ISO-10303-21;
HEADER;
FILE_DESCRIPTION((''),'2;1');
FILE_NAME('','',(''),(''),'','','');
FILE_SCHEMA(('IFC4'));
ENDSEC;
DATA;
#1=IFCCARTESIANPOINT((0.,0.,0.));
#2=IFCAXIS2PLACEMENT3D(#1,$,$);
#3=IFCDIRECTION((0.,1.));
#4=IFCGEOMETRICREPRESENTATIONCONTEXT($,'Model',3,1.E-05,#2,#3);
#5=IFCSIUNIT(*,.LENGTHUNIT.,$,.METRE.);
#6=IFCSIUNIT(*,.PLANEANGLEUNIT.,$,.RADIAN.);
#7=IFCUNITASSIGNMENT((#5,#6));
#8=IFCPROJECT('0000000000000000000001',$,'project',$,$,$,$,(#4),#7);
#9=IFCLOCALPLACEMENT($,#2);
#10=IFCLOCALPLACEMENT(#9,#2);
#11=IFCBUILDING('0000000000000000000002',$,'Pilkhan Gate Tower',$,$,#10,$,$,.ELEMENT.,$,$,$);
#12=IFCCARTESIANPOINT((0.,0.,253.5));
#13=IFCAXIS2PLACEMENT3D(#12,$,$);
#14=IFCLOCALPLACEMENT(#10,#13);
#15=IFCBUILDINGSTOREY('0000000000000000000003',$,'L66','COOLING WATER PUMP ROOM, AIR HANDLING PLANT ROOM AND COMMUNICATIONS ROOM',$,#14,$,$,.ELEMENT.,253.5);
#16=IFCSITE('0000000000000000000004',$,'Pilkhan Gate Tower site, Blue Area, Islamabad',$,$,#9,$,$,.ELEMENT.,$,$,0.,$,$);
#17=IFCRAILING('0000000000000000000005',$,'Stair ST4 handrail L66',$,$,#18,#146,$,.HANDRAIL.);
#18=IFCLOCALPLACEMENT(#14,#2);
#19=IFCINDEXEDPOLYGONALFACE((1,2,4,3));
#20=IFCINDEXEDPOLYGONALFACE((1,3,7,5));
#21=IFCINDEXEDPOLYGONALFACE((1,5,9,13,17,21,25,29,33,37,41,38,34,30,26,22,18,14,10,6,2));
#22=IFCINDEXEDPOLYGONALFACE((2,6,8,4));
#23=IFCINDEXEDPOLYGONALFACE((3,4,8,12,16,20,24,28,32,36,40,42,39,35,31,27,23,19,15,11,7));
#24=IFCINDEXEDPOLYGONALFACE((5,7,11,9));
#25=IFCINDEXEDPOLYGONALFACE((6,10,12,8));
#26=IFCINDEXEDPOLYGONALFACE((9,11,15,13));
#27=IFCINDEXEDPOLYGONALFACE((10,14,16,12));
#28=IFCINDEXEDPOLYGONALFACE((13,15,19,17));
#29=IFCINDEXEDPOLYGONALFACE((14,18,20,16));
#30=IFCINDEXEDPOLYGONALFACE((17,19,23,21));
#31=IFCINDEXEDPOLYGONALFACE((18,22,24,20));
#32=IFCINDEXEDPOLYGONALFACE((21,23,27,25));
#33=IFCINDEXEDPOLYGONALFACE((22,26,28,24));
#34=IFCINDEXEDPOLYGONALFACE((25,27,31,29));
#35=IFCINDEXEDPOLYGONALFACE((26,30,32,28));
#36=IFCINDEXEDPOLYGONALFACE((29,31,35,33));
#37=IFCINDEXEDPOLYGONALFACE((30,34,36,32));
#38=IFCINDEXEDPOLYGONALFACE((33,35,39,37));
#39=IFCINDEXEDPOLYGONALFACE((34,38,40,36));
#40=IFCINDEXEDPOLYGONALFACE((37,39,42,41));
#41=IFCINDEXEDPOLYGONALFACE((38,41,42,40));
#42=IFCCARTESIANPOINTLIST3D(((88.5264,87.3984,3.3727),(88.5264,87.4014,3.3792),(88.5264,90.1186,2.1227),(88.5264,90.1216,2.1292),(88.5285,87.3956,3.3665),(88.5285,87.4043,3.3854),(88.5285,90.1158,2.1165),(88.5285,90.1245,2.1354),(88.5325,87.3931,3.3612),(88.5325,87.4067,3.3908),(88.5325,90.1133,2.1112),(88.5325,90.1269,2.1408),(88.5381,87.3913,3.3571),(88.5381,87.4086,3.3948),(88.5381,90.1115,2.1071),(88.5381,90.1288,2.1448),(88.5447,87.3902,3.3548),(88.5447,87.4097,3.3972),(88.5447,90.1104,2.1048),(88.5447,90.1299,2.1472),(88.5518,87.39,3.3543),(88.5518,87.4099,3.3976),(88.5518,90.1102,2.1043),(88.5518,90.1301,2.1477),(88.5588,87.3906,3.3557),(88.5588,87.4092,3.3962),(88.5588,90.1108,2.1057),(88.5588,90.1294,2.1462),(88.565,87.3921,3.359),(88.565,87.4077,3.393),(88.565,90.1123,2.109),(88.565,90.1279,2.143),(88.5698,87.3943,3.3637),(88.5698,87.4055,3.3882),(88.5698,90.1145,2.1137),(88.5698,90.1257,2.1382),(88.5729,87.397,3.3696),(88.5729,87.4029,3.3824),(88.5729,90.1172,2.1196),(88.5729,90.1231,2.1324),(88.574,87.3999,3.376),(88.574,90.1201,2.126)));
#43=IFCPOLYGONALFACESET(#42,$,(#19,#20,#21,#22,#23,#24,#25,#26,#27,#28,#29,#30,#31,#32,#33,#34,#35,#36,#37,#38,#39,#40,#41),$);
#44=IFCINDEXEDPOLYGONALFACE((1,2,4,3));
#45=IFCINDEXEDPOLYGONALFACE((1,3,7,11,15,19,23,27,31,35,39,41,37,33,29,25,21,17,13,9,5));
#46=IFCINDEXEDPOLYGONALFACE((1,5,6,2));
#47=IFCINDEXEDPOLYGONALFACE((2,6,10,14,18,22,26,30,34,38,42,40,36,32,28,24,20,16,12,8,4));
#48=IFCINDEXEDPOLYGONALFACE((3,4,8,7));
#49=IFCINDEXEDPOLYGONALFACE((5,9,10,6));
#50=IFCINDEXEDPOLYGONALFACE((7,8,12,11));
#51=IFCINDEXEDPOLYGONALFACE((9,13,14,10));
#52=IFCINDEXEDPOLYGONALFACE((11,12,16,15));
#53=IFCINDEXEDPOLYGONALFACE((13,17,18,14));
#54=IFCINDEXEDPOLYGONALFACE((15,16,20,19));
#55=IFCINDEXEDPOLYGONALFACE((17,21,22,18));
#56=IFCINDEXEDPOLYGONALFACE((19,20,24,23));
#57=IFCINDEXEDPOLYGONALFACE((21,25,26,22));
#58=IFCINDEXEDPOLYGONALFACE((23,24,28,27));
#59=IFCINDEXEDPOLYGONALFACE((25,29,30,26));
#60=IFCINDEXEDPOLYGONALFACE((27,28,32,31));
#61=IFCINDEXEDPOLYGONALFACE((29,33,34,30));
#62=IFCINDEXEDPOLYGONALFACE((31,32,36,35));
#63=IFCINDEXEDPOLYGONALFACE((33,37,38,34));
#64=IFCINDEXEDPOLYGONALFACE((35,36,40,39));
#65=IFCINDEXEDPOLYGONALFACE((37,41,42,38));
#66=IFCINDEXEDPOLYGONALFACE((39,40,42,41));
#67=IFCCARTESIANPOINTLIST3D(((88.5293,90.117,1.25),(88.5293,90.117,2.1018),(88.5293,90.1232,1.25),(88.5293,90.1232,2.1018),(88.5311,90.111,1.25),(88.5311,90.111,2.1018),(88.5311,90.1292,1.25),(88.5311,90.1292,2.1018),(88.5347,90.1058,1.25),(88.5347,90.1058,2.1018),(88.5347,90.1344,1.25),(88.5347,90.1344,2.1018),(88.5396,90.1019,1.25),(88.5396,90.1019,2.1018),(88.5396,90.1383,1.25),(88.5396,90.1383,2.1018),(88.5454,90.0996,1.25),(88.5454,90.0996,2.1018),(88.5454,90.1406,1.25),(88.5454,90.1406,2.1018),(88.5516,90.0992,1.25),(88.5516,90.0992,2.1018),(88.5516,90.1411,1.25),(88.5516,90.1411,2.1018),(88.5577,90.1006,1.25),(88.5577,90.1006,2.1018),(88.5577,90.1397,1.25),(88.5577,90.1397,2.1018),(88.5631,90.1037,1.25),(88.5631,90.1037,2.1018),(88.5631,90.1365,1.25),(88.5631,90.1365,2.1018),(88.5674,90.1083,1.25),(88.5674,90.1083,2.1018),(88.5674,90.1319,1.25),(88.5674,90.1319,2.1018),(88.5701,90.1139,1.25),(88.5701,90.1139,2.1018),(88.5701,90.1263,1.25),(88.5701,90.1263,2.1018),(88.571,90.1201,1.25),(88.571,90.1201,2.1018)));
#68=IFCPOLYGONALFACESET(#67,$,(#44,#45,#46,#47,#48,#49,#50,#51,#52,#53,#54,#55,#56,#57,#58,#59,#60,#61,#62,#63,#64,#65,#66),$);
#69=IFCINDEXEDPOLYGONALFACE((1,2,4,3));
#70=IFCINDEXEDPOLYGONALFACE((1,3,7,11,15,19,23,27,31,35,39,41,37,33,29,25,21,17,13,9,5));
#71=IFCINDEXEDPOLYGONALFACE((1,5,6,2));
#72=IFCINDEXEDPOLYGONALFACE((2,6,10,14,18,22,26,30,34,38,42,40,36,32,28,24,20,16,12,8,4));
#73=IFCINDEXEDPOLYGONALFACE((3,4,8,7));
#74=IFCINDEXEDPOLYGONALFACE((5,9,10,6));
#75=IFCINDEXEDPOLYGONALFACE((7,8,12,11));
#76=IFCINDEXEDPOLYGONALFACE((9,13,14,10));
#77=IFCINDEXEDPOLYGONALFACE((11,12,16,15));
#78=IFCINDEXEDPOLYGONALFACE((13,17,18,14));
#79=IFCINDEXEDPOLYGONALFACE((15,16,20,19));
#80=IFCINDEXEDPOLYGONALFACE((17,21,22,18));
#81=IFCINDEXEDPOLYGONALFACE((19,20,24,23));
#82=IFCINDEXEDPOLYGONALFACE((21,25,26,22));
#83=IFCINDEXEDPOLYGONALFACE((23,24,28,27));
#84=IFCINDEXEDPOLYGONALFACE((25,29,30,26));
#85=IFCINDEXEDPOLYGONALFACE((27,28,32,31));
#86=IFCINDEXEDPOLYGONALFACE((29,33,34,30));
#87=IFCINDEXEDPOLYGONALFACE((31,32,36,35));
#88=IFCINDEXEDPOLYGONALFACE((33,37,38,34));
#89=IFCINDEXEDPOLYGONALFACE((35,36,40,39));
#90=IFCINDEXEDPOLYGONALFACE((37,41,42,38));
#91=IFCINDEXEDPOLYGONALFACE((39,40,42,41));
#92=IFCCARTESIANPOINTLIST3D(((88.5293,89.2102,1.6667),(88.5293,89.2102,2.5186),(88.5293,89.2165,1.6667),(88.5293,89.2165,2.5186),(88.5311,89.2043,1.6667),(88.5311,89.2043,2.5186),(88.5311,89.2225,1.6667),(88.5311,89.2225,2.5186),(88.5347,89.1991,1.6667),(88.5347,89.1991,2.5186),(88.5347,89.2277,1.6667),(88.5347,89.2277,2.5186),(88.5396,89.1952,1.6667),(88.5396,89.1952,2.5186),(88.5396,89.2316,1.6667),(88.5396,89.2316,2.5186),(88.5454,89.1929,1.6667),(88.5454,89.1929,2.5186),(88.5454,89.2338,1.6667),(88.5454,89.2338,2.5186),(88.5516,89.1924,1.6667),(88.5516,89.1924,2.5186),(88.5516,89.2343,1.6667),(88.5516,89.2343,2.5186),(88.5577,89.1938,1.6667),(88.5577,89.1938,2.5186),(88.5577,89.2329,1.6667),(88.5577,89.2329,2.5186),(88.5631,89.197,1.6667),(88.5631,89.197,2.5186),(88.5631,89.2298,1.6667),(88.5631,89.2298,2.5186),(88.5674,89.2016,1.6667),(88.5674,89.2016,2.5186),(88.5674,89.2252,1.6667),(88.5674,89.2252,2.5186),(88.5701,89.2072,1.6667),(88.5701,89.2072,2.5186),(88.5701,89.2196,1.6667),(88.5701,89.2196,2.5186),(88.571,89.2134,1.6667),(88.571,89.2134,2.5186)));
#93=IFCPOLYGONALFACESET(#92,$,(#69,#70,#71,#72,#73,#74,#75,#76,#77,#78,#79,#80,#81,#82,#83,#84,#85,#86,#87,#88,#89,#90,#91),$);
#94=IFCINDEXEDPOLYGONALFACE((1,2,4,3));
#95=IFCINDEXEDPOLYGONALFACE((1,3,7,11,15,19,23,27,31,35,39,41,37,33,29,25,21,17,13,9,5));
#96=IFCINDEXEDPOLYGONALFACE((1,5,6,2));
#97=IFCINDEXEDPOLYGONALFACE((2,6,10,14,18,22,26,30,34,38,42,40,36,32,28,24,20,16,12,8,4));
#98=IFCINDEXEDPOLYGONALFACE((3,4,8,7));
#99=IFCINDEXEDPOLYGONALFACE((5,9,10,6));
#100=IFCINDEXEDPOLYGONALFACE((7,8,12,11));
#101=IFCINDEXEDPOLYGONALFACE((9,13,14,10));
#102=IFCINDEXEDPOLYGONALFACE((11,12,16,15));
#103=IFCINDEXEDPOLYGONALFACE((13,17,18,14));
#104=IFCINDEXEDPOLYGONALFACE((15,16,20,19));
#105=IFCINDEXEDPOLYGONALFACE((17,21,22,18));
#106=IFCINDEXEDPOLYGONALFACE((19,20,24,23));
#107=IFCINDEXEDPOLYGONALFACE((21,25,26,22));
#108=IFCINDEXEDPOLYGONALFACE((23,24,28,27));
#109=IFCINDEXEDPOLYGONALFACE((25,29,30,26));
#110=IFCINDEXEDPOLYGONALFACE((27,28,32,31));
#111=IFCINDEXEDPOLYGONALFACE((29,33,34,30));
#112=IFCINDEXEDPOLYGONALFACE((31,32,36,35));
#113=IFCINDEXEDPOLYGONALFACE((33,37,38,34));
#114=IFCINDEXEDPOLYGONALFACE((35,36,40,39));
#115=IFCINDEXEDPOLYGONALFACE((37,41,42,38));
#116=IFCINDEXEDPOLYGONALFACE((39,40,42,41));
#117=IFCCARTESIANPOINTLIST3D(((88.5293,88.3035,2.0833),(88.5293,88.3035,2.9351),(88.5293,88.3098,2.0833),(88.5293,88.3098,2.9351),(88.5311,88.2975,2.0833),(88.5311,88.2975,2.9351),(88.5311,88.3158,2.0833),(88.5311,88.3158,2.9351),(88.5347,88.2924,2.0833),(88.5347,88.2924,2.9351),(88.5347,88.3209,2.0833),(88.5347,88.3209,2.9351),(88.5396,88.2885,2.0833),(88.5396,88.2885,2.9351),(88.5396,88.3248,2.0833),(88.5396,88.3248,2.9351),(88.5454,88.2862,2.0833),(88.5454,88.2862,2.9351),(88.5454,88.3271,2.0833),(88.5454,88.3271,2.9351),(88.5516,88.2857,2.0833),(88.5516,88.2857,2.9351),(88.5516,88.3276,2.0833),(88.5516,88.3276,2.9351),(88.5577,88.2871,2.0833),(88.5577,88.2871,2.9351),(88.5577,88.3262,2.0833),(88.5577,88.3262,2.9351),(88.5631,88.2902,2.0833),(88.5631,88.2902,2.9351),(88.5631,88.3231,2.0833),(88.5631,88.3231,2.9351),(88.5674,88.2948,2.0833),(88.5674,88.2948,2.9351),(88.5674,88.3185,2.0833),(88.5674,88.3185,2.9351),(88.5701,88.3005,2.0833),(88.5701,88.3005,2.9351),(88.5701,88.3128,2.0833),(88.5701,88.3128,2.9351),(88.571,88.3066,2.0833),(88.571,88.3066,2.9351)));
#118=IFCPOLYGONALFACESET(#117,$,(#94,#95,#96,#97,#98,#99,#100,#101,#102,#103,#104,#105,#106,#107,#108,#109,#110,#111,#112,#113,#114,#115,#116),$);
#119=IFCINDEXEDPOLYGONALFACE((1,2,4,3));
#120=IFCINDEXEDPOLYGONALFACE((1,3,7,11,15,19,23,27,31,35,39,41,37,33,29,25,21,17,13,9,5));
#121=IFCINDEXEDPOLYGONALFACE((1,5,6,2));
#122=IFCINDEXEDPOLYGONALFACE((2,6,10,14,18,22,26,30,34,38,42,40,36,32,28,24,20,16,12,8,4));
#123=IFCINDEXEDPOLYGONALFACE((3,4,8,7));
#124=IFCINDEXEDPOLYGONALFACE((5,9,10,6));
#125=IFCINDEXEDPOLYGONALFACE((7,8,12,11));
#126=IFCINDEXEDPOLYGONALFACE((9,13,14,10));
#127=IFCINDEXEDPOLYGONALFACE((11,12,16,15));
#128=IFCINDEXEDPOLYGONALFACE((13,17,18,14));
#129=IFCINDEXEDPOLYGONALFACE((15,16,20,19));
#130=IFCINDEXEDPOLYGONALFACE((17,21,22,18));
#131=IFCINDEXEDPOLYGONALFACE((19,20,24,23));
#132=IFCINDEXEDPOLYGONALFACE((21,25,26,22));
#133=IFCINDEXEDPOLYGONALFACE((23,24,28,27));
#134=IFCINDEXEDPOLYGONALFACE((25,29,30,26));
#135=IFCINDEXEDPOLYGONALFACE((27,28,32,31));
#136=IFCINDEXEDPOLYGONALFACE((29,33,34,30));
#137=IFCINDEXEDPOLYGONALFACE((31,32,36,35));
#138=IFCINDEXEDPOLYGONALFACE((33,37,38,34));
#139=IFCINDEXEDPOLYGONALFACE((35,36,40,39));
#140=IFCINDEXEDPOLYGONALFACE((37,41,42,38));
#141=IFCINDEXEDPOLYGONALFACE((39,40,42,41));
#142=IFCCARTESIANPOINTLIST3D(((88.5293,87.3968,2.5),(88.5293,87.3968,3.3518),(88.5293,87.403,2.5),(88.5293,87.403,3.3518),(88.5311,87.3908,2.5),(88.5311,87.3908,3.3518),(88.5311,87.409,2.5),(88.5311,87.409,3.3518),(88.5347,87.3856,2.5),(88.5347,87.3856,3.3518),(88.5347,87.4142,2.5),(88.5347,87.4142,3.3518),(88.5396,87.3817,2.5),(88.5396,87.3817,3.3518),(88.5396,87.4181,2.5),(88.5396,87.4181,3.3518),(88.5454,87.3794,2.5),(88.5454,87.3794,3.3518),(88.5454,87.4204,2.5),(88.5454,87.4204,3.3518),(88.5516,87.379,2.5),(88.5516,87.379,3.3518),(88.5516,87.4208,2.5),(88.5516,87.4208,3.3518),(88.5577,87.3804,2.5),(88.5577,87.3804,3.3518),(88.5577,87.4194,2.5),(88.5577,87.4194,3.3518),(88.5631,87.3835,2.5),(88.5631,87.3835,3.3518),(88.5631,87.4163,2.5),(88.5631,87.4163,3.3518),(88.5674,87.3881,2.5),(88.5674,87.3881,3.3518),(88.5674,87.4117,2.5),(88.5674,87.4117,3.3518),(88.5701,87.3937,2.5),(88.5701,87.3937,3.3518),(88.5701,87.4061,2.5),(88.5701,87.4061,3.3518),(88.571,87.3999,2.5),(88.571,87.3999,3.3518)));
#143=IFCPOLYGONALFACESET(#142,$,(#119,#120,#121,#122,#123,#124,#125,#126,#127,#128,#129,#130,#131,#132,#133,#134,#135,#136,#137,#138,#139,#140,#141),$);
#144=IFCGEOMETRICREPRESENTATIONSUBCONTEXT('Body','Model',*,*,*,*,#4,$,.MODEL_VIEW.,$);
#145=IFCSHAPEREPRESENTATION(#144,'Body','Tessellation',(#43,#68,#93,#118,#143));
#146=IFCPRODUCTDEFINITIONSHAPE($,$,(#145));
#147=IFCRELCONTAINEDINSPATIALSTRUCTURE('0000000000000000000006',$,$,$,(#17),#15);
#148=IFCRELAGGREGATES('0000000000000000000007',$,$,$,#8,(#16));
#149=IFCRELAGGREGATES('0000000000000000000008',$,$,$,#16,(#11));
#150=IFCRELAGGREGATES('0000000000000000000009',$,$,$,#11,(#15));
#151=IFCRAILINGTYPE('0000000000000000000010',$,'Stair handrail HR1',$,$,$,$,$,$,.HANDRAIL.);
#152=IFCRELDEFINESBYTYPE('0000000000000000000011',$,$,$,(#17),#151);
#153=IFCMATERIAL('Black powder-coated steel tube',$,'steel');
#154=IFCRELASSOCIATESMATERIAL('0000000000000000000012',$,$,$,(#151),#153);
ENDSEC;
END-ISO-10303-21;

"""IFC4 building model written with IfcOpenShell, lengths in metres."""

from ifc_helpers import new_model, si_unit, direction, frame, origin, origin_2d, place, context, subcontext, project, spatial, circle, extrude, material, type_object, element, save


model = new_model("IFC4")

# Units and contexts
model_context = context("Model", 3, precision=1e-05, world=origin(), true_north=direction((0.0, 1.0)))
body_context = subcontext(model_context, "Body", "Model", "MODEL_VIEW")
ifc_project = project(units=[si_unit("LENGTHUNIT", "METRE"), si_unit("PLANEANGLEUNIT", "RADIAN")], contexts=[model_context])

# Site, building, storey
site_placement = place(None, origin())
site = spatial("IfcSite", under=ifc_project, at=site_placement, Name="Pilkhan Gate Tower site, Blue Area, Islamabad", CompositionType="ELEMENT", RefElevation=0.0)
building_placement = place(site_placement, origin())
building = spatial("IfcBuilding", under=site, at=building_placement, Name="Pilkhan Gate Tower", CompositionType="ELEMENT")
storey_placement = place(building_placement, frame((0.0, 0.0, 253.5)))
storey = spatial("IfcBuildingStorey", under=building, at=storey_placement, Name="L66", Description="COOLING WATER PUMP ROOM, AIR HANDLING PLANT ROOM AND COMMUNICATIONS ROOM", CompositionType="ELEMENT", Elevation=253.5)

# Railing
ifc_material_1 = material(Name="Black powder-coated steel tube", Category="steel")
railing_type_1 = type_object("IfcRailingType", Name="Stair handrail HR1", PredefinedType="HANDRAIL", material=ifc_material_1)
railing_1_placement = place(storey_placement, frame((88.55, 90.1201, 1.25)))
element("IfcRailing", 1, at=railing_1_placement, inside=storey, type_object=railing_type_1, Name="Stair ST4 handrail L66", PredefinedType="HANDRAIL", context=body_context, shape_type="SweptSolid", body=[
    extrude(circle(Radius=0.0239, at=origin_2d()), frame((0.0, 0.0, 0.876), z_axis=(0.0, -0.908655, 0.417547), x_axis=(1.0, 0.0, 0.0)), (0.0, 0.0, 1.0), 2.9937),
    extrude(circle(Radius=0.021, at=origin_2d()), origin(), (0.0, 0.0, 1.0), 0.8518),
    extrude(circle(Radius=0.021, at=origin_2d()), frame((0.0, -0.9067, 0.4167)), (0.0, 0.0, 1.0), 0.8518),
    extrude(circle(Radius=0.021, at=origin_2d()), frame((0.0, -1.8135, 0.8333)), (0.0, 0.0, 1.0), 0.8518),
    extrude(circle(Radius=0.021, at=origin_2d()), frame((0.0, -2.7202, 1.25)), (0.0, 0.0, 1.0), 0.8518),
])

save(model, "model.ifc")
